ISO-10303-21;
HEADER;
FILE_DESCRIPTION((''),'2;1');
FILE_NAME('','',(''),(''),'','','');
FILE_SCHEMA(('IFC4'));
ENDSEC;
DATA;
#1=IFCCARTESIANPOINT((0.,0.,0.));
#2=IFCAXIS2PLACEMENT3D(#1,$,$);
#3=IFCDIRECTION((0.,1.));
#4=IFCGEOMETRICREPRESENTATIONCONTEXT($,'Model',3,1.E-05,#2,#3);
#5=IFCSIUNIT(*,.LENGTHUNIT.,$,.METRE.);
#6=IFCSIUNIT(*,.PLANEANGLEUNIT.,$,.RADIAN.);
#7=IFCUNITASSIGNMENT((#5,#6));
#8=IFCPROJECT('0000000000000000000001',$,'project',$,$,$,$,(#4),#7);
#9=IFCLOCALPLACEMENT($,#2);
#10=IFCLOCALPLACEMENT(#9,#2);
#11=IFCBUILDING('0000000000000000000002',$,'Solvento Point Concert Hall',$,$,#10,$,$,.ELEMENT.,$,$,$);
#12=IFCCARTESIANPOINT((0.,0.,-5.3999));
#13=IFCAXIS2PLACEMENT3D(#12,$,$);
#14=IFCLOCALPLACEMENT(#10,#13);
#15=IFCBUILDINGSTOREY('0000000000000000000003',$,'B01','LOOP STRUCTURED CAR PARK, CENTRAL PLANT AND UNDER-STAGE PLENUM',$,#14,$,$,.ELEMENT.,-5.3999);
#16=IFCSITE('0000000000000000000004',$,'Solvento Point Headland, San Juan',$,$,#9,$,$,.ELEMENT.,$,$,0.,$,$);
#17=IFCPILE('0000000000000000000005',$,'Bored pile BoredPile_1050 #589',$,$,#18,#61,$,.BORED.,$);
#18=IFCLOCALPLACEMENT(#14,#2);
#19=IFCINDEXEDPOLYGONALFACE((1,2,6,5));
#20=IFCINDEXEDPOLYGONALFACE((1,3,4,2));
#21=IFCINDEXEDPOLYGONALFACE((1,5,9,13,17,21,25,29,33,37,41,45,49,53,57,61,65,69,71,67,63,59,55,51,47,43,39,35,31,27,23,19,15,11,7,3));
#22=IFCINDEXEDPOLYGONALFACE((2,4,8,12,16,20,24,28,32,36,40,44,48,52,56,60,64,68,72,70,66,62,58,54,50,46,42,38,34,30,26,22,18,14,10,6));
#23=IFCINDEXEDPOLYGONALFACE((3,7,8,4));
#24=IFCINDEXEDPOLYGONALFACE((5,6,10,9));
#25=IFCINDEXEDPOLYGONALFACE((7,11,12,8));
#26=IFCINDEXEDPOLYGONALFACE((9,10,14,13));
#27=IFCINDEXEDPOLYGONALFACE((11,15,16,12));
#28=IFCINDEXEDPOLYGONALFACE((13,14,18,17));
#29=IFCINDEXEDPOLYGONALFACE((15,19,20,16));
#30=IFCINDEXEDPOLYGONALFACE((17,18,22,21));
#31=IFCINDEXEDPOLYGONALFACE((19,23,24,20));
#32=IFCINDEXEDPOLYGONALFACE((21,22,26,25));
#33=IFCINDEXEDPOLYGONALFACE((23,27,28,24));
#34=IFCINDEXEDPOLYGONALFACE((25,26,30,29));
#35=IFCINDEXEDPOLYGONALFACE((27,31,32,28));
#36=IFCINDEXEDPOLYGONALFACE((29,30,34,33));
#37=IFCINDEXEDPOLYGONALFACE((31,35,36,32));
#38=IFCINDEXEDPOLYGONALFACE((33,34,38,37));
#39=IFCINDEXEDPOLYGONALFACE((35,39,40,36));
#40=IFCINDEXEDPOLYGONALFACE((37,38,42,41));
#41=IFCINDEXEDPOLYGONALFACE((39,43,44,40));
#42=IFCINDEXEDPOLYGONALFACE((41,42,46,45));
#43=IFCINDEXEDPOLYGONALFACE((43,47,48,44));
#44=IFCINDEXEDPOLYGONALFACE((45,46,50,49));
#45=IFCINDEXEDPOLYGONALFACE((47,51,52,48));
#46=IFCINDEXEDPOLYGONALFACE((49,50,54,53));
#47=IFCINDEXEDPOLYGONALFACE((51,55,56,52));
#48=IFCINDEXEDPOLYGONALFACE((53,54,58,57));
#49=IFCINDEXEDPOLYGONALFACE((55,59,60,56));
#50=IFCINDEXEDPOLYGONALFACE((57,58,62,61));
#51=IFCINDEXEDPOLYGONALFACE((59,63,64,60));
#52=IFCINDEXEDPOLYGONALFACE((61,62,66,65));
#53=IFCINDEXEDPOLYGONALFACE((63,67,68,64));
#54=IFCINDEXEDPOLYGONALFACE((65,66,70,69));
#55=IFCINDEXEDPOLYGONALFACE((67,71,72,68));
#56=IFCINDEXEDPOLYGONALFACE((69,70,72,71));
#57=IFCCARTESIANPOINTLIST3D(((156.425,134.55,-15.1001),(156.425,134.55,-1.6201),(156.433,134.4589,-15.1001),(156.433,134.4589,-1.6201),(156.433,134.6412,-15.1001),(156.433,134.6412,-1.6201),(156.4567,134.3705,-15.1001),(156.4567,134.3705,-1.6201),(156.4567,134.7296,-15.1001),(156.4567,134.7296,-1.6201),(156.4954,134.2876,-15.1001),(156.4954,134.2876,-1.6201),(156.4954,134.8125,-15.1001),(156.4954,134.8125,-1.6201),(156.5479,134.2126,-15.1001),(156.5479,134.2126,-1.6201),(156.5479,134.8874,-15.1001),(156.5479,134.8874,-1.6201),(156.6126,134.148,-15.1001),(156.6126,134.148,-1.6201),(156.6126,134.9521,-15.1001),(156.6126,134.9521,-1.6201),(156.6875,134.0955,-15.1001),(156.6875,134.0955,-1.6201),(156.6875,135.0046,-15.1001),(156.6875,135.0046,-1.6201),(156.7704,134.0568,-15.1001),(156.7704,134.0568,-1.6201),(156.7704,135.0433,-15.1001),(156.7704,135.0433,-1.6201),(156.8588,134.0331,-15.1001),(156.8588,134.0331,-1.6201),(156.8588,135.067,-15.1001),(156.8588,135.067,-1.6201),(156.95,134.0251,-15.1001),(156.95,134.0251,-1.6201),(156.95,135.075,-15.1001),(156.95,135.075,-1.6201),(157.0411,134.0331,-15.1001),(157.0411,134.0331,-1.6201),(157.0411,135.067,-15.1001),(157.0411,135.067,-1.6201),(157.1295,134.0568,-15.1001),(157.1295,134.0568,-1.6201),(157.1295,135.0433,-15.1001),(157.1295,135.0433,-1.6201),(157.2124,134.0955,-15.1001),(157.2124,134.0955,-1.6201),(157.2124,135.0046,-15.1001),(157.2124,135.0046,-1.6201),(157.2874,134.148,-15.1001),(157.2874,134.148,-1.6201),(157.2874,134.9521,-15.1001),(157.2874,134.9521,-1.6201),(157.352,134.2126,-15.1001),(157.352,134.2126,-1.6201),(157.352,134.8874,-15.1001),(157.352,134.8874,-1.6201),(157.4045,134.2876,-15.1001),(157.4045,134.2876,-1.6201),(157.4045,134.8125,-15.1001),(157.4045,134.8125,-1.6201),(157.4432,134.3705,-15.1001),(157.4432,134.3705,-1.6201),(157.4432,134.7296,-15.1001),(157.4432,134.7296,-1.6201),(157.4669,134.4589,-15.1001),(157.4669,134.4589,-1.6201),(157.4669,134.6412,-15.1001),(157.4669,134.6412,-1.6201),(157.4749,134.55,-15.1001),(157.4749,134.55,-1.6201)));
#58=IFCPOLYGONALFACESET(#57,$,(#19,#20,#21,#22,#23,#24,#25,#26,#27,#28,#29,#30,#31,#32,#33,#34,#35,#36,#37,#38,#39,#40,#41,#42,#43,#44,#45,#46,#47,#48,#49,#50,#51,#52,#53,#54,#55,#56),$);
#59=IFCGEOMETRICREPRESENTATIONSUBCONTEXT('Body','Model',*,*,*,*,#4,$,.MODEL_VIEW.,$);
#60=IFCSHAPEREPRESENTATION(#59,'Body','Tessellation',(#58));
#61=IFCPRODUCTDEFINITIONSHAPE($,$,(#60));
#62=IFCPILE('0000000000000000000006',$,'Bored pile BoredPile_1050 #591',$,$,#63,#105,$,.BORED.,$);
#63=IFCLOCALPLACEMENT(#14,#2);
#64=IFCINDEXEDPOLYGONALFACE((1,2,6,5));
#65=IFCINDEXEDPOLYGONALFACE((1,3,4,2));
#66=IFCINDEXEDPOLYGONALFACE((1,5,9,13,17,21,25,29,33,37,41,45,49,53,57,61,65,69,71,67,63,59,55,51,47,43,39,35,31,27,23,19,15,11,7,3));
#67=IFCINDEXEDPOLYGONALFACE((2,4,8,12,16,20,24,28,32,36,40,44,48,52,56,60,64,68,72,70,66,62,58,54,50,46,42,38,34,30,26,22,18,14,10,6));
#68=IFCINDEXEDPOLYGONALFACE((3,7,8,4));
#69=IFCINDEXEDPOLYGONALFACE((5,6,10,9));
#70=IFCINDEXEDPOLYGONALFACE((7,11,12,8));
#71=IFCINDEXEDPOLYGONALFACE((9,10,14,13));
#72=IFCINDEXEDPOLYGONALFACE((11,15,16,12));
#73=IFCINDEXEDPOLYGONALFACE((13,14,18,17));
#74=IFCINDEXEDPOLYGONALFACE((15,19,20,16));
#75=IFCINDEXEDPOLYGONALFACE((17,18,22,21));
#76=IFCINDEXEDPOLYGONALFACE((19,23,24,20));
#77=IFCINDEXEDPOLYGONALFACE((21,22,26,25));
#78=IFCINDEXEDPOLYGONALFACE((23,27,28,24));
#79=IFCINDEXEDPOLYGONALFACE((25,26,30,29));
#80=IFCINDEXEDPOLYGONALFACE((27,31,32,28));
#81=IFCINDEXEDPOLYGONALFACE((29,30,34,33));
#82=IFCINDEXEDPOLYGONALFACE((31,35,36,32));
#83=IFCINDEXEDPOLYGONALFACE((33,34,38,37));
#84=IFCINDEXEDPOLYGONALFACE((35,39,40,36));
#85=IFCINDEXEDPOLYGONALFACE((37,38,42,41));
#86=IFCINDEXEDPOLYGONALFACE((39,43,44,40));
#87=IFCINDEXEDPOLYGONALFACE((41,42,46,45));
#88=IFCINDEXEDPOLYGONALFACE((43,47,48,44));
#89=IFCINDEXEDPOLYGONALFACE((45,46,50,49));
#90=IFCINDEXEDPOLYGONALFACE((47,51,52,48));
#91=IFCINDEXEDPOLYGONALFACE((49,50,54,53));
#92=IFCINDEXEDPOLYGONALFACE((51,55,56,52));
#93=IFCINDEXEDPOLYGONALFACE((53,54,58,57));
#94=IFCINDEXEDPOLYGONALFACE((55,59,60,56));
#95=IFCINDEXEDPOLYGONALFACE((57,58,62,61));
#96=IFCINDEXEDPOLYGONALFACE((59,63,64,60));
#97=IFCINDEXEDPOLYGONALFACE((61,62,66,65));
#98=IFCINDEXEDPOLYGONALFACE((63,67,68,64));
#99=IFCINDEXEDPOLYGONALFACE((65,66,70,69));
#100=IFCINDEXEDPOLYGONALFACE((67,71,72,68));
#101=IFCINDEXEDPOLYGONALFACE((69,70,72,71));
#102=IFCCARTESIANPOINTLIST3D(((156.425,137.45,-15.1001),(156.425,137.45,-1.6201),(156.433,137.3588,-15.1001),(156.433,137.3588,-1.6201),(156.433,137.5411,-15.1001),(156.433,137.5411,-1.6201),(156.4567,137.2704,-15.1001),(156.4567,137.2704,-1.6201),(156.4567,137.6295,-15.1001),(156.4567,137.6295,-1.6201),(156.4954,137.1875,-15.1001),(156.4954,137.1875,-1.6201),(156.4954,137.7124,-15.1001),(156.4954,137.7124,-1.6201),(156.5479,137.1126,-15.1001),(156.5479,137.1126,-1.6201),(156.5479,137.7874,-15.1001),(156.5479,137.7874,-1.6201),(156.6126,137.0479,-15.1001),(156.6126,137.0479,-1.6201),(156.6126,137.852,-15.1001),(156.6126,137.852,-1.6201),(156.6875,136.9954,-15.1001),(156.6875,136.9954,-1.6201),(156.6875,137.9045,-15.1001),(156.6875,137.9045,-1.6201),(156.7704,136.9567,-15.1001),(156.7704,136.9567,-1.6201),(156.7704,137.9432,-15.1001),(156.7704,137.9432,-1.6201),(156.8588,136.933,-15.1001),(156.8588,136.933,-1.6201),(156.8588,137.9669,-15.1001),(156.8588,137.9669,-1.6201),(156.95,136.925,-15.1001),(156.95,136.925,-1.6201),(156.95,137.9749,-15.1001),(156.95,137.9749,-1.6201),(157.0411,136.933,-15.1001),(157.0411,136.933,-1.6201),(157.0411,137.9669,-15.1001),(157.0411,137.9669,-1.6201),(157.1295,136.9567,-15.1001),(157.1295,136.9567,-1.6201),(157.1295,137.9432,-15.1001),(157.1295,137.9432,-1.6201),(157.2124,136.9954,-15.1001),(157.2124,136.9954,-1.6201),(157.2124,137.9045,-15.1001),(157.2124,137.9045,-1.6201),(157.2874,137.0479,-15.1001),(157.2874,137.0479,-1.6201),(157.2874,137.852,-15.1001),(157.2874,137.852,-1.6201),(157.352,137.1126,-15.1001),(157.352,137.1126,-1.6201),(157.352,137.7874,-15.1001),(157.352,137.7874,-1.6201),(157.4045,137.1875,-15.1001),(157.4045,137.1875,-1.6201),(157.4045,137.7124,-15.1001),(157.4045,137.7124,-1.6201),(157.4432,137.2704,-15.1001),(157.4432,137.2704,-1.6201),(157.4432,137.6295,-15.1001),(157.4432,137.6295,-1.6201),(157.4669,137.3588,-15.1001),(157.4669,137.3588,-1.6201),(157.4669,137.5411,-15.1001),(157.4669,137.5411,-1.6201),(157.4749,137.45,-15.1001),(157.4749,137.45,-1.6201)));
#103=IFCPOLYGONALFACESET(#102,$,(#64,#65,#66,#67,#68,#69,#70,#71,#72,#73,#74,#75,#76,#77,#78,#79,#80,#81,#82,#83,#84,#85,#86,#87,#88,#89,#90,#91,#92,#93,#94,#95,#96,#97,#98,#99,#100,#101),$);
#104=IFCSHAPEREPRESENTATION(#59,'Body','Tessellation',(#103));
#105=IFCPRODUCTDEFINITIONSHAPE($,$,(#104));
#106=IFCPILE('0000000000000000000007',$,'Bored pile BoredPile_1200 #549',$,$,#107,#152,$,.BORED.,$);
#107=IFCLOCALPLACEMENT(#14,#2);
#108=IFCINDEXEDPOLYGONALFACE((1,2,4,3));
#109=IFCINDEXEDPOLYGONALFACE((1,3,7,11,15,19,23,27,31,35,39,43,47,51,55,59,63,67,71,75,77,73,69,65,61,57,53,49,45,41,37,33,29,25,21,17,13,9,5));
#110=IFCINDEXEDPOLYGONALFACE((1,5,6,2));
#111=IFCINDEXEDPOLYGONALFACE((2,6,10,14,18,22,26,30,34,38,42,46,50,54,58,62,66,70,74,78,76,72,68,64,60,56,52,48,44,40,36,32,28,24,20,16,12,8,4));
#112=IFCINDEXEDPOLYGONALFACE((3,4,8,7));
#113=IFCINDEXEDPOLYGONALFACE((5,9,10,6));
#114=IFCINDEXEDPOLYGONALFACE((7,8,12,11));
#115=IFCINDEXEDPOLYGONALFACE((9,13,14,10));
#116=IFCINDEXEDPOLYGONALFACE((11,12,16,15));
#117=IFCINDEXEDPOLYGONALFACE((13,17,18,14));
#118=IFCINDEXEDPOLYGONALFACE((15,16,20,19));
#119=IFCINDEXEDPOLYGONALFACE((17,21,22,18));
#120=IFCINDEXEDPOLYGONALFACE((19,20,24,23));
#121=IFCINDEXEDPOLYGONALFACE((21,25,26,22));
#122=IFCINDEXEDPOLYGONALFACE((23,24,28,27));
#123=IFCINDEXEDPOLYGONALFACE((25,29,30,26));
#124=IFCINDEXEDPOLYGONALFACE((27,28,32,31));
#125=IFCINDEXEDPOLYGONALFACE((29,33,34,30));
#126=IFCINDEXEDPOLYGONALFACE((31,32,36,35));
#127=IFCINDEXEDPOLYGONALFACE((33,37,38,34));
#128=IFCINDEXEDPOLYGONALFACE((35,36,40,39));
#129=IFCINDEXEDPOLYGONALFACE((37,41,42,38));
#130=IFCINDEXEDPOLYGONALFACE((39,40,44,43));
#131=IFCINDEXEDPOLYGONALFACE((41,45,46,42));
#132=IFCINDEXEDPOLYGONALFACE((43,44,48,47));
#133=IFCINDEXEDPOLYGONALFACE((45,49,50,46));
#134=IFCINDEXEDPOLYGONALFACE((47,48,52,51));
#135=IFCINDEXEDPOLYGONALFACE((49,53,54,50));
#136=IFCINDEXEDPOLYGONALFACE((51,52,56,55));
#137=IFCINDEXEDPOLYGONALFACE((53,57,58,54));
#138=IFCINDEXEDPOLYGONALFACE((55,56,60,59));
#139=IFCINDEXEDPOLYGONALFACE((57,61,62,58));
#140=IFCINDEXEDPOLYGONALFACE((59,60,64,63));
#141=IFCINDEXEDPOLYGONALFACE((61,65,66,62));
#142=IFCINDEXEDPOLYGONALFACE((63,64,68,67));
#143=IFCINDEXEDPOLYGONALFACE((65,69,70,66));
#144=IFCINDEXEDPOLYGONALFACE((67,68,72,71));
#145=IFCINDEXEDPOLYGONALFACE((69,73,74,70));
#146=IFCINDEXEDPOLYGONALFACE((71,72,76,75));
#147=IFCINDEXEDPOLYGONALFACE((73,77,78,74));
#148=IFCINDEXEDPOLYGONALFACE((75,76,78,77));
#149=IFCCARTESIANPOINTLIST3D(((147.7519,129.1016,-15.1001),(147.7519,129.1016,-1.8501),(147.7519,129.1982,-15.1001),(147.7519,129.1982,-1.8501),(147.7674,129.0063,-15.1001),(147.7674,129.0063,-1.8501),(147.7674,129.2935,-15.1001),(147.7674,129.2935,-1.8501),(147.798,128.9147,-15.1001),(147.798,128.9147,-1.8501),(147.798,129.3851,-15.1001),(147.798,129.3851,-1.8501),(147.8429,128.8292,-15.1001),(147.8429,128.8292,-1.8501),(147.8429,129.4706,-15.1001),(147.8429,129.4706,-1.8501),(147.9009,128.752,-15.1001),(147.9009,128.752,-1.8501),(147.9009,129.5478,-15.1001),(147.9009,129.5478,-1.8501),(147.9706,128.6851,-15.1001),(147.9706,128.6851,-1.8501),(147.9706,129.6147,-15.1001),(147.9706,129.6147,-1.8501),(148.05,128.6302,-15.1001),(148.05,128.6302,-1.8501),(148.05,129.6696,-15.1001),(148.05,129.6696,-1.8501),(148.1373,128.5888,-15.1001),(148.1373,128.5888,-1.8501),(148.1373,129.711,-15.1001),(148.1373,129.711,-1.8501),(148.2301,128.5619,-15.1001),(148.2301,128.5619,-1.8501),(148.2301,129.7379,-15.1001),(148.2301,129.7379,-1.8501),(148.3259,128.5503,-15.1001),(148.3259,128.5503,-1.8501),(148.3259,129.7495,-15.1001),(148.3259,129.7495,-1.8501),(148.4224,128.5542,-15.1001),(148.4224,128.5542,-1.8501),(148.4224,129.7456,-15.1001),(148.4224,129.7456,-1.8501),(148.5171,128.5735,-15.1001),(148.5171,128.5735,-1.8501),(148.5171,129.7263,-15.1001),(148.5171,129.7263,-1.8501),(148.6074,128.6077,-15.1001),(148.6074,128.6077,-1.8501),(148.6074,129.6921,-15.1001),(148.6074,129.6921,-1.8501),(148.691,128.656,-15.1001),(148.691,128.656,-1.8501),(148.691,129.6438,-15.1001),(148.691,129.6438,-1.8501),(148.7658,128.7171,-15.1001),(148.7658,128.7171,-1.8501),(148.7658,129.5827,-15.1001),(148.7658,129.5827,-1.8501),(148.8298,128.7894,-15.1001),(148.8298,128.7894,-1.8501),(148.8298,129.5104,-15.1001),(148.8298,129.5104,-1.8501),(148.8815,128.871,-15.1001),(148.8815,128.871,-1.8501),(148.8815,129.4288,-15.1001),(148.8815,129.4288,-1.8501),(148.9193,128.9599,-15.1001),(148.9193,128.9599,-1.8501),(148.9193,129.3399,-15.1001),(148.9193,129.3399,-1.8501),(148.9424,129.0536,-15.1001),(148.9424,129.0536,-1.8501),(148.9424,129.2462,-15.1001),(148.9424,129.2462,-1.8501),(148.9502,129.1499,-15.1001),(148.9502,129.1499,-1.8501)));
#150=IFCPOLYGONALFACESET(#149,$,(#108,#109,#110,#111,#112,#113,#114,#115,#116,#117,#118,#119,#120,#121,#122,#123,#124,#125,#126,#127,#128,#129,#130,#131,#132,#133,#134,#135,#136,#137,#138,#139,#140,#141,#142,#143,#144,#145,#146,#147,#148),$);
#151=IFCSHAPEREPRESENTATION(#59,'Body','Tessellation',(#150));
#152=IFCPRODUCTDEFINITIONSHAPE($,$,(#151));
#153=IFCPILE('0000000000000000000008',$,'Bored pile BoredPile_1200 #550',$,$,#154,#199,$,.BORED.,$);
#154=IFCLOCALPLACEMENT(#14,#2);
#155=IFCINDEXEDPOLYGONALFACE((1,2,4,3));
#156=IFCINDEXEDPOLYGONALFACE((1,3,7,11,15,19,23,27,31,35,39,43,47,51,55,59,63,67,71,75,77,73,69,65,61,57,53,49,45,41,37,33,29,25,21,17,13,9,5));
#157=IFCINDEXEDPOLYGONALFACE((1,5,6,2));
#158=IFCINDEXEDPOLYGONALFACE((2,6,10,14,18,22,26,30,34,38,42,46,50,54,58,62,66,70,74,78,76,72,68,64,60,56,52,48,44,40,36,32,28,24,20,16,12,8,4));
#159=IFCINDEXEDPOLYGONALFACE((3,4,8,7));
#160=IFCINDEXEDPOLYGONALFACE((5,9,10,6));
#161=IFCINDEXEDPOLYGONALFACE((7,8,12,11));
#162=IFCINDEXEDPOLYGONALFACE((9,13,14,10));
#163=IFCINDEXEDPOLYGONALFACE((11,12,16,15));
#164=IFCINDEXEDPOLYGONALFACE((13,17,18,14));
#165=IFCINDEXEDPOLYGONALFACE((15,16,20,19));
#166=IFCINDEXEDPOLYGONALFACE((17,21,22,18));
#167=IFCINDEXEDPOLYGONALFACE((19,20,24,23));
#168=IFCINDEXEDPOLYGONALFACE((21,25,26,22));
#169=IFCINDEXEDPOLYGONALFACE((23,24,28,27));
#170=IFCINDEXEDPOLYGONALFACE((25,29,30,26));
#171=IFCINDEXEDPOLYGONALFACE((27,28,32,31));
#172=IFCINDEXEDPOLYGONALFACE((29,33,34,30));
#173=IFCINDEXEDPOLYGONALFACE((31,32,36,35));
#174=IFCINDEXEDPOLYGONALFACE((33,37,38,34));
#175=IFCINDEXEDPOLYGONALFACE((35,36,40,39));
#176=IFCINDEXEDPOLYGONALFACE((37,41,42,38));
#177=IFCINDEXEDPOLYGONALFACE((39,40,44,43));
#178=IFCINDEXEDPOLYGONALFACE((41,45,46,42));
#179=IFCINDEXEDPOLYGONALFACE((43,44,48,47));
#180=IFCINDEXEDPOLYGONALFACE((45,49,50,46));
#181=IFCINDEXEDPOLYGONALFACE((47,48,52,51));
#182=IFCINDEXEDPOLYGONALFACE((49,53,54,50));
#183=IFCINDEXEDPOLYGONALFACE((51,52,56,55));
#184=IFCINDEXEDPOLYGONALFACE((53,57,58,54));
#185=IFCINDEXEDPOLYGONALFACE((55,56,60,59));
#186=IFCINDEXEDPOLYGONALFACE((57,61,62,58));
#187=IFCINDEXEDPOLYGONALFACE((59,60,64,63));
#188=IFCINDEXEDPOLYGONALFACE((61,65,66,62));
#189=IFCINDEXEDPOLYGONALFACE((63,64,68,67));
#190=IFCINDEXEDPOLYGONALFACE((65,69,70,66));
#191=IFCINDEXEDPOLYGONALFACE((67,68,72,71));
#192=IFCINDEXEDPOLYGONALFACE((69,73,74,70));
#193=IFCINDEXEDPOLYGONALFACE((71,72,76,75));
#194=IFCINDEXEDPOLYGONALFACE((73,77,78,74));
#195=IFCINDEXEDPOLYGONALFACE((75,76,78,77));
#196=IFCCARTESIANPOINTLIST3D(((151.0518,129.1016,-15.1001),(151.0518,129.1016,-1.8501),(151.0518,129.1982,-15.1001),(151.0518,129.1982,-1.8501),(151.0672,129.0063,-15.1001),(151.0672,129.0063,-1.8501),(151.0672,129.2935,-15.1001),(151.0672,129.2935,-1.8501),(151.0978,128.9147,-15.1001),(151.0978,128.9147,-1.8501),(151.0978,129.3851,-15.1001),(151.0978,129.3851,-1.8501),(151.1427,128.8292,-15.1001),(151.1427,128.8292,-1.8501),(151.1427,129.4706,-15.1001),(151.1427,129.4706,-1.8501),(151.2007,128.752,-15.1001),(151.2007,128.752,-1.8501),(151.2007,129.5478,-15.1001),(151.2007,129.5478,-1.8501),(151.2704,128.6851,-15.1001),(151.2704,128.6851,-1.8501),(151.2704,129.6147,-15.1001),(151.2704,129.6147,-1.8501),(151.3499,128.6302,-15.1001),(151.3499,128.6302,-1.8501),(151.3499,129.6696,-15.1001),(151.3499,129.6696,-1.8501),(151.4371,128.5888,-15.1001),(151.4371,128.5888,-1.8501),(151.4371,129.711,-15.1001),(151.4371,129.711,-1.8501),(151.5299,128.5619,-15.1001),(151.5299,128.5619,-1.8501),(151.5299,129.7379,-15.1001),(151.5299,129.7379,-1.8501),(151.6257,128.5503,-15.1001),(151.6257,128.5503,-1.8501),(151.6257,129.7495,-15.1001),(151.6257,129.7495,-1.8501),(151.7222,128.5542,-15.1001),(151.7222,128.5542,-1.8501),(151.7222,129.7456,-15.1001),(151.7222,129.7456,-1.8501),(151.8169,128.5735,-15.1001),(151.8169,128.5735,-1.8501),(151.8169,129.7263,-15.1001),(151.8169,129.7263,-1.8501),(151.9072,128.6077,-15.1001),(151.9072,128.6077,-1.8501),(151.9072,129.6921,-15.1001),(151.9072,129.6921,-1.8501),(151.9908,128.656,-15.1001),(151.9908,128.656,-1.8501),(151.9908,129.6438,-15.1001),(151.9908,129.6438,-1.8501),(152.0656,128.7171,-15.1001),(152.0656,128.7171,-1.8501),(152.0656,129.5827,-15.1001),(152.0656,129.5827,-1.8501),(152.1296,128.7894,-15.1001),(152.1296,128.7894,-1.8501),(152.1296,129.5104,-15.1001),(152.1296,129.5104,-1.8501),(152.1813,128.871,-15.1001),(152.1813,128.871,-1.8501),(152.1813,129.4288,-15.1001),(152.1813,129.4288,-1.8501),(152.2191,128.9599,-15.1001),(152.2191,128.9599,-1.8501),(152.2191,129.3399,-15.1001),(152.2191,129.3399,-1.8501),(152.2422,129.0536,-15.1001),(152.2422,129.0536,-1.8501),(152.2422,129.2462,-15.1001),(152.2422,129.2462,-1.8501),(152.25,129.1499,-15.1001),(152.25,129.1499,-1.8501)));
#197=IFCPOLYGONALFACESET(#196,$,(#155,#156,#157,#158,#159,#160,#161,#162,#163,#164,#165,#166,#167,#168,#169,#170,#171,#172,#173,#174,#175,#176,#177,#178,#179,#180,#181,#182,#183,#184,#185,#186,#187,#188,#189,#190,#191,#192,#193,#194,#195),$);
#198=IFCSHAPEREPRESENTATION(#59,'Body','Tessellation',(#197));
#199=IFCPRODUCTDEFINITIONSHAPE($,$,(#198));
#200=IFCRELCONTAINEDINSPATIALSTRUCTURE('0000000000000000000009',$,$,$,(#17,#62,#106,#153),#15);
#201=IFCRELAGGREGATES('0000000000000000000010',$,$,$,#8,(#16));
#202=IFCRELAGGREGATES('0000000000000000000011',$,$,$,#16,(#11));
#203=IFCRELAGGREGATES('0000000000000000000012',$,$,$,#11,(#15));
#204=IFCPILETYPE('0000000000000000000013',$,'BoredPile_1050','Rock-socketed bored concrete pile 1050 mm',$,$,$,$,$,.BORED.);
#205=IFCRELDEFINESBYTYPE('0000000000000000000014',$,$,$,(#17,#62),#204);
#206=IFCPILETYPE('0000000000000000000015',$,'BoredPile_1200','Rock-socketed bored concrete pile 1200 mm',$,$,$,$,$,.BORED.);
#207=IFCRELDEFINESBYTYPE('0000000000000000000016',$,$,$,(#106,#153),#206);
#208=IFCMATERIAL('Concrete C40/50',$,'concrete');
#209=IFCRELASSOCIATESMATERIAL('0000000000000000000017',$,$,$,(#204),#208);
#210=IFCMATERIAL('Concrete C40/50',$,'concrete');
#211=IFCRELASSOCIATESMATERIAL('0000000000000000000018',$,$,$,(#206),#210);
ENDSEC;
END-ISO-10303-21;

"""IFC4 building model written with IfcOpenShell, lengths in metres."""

from ifc_helpers import new_model, si_unit, direction, frame, origin, origin_2d, place, context, subcontext, project, spatial, circle, extrude, material, material_profile, profile_set, type_object, element, save


model = new_model("IFC4")

# Units and contexts
model_context = context("Model", 3, precision=1e-05, world=origin(), true_north=direction((0.0, 1.0)))
body_context = subcontext(model_context, "Body", "Model", "MODEL_VIEW")
ifc_project = project(units=[si_unit("LENGTHUNIT", "METRE"), si_unit("PLANEANGLEUNIT", "RADIAN")], contexts=[model_context])

# Site, building, storey
site_placement = place(None, origin())
site = spatial("IfcSite", under=ifc_project, at=site_placement, Name="Solvento Point Headland, San Juan", CompositionType="ELEMENT", RefElevation=0.0)
building_placement = place(site_placement, origin())
building = spatial("IfcBuilding", under=site, at=building_placement, Name="Solvento Point Concert Hall", CompositionType="ELEMENT")
storey_placement = place(building_placement, frame((0.0, 0.0, -5.3999)))
storey = spatial("IfcBuildingStorey", under=building, at=storey_placement, Name="B01", Description="LOOP STRUCTURED CAR PARK, CENTRAL PLANT AND UNDER-STAGE PLENUM", CompositionType="ELEMENT", Elevation=-5.3999)

# Piles
ifc_material_1 = material(Name="Concrete C40/50", Category="concrete")
ifc_material_profile_1 = material_profile(ifc_material_1, circle(Radius=0.5249, at=origin_2d()), Name="BP-1050")
ifc_profile_set_1 = profile_set([ifc_material_profile_1], Name="Concrete C40/50")
pile_type_1 = type_object("IfcPileType", Name="BoredPile_1050", Description="Rock-socketed bored concrete pile 1050 mm", PredefinedType="BORED", material=ifc_profile_set_1)
for number, where, z_axis, x_axis, name in (
    (1, (156.95, 134.55, -1.6201), (0.0, 0.0, -1.0), (1.0, 0.0, 0.0), "Bored pile BoredPile_1050 #589"),
    (2, (156.95, 137.45, -1.6201), (0.0, 0.0, -1.0), (1.0, 0.0, 0.0), "Bored pile BoredPile_1050 #591"),
):
    element("IfcPile", number, at=place(storey_placement, frame(where, z_axis=z_axis, x_axis=x_axis)), inside=storey, type_object=pile_type_1, Name=name, PredefinedType="BORED", context=body_context, shape_type="SweptSolid", body=[
        extrude(circle(Radius=0.5249, at=origin_2d()), origin(), (0.0, 0.0, 1.0), 13.48),
    ])
ifc_material_2 = material(Name="Concrete C40/50", Category="concrete")
ifc_material_profile_2 = material_profile(ifc_material_2, circle(Radius=0.6001, at=origin_2d()), Name="BP-1200")
ifc_profile_set_2 = profile_set([ifc_material_profile_2], Name="Concrete C40/50")
pile_type_2 = type_object("IfcPileType", Name="BoredPile_1200", Description="Rock-socketed bored concrete pile 1200 mm", PredefinedType="BORED", material=ifc_profile_set_2)
for number, where, z_axis, x_axis, name in (
    (3, (148.3501, 129.1499, -1.8501), (0.0, 0.0, -1.0), (1.0, 0.0, 0.0), "Bored pile BoredPile_1200 #549"),
    (4, (151.6499, 129.1499, -1.8501), (0.0, 0.0, -1.0), (1.0, 0.0, 0.0), "Bored pile BoredPile_1200 #550"),
):
    element("IfcPile", number, at=place(storey_placement, frame(where, z_axis=z_axis, x_axis=x_axis)), inside=storey, type_object=pile_type_2, Name=name, PredefinedType="BORED", context=body_context, shape_type="SweptSolid", body=[
        extrude(circle(Radius=0.6001, at=origin_2d()), origin(), (0.0, 0.0, 1.0), 13.25),
    ])

save(model, "model.ifc")
